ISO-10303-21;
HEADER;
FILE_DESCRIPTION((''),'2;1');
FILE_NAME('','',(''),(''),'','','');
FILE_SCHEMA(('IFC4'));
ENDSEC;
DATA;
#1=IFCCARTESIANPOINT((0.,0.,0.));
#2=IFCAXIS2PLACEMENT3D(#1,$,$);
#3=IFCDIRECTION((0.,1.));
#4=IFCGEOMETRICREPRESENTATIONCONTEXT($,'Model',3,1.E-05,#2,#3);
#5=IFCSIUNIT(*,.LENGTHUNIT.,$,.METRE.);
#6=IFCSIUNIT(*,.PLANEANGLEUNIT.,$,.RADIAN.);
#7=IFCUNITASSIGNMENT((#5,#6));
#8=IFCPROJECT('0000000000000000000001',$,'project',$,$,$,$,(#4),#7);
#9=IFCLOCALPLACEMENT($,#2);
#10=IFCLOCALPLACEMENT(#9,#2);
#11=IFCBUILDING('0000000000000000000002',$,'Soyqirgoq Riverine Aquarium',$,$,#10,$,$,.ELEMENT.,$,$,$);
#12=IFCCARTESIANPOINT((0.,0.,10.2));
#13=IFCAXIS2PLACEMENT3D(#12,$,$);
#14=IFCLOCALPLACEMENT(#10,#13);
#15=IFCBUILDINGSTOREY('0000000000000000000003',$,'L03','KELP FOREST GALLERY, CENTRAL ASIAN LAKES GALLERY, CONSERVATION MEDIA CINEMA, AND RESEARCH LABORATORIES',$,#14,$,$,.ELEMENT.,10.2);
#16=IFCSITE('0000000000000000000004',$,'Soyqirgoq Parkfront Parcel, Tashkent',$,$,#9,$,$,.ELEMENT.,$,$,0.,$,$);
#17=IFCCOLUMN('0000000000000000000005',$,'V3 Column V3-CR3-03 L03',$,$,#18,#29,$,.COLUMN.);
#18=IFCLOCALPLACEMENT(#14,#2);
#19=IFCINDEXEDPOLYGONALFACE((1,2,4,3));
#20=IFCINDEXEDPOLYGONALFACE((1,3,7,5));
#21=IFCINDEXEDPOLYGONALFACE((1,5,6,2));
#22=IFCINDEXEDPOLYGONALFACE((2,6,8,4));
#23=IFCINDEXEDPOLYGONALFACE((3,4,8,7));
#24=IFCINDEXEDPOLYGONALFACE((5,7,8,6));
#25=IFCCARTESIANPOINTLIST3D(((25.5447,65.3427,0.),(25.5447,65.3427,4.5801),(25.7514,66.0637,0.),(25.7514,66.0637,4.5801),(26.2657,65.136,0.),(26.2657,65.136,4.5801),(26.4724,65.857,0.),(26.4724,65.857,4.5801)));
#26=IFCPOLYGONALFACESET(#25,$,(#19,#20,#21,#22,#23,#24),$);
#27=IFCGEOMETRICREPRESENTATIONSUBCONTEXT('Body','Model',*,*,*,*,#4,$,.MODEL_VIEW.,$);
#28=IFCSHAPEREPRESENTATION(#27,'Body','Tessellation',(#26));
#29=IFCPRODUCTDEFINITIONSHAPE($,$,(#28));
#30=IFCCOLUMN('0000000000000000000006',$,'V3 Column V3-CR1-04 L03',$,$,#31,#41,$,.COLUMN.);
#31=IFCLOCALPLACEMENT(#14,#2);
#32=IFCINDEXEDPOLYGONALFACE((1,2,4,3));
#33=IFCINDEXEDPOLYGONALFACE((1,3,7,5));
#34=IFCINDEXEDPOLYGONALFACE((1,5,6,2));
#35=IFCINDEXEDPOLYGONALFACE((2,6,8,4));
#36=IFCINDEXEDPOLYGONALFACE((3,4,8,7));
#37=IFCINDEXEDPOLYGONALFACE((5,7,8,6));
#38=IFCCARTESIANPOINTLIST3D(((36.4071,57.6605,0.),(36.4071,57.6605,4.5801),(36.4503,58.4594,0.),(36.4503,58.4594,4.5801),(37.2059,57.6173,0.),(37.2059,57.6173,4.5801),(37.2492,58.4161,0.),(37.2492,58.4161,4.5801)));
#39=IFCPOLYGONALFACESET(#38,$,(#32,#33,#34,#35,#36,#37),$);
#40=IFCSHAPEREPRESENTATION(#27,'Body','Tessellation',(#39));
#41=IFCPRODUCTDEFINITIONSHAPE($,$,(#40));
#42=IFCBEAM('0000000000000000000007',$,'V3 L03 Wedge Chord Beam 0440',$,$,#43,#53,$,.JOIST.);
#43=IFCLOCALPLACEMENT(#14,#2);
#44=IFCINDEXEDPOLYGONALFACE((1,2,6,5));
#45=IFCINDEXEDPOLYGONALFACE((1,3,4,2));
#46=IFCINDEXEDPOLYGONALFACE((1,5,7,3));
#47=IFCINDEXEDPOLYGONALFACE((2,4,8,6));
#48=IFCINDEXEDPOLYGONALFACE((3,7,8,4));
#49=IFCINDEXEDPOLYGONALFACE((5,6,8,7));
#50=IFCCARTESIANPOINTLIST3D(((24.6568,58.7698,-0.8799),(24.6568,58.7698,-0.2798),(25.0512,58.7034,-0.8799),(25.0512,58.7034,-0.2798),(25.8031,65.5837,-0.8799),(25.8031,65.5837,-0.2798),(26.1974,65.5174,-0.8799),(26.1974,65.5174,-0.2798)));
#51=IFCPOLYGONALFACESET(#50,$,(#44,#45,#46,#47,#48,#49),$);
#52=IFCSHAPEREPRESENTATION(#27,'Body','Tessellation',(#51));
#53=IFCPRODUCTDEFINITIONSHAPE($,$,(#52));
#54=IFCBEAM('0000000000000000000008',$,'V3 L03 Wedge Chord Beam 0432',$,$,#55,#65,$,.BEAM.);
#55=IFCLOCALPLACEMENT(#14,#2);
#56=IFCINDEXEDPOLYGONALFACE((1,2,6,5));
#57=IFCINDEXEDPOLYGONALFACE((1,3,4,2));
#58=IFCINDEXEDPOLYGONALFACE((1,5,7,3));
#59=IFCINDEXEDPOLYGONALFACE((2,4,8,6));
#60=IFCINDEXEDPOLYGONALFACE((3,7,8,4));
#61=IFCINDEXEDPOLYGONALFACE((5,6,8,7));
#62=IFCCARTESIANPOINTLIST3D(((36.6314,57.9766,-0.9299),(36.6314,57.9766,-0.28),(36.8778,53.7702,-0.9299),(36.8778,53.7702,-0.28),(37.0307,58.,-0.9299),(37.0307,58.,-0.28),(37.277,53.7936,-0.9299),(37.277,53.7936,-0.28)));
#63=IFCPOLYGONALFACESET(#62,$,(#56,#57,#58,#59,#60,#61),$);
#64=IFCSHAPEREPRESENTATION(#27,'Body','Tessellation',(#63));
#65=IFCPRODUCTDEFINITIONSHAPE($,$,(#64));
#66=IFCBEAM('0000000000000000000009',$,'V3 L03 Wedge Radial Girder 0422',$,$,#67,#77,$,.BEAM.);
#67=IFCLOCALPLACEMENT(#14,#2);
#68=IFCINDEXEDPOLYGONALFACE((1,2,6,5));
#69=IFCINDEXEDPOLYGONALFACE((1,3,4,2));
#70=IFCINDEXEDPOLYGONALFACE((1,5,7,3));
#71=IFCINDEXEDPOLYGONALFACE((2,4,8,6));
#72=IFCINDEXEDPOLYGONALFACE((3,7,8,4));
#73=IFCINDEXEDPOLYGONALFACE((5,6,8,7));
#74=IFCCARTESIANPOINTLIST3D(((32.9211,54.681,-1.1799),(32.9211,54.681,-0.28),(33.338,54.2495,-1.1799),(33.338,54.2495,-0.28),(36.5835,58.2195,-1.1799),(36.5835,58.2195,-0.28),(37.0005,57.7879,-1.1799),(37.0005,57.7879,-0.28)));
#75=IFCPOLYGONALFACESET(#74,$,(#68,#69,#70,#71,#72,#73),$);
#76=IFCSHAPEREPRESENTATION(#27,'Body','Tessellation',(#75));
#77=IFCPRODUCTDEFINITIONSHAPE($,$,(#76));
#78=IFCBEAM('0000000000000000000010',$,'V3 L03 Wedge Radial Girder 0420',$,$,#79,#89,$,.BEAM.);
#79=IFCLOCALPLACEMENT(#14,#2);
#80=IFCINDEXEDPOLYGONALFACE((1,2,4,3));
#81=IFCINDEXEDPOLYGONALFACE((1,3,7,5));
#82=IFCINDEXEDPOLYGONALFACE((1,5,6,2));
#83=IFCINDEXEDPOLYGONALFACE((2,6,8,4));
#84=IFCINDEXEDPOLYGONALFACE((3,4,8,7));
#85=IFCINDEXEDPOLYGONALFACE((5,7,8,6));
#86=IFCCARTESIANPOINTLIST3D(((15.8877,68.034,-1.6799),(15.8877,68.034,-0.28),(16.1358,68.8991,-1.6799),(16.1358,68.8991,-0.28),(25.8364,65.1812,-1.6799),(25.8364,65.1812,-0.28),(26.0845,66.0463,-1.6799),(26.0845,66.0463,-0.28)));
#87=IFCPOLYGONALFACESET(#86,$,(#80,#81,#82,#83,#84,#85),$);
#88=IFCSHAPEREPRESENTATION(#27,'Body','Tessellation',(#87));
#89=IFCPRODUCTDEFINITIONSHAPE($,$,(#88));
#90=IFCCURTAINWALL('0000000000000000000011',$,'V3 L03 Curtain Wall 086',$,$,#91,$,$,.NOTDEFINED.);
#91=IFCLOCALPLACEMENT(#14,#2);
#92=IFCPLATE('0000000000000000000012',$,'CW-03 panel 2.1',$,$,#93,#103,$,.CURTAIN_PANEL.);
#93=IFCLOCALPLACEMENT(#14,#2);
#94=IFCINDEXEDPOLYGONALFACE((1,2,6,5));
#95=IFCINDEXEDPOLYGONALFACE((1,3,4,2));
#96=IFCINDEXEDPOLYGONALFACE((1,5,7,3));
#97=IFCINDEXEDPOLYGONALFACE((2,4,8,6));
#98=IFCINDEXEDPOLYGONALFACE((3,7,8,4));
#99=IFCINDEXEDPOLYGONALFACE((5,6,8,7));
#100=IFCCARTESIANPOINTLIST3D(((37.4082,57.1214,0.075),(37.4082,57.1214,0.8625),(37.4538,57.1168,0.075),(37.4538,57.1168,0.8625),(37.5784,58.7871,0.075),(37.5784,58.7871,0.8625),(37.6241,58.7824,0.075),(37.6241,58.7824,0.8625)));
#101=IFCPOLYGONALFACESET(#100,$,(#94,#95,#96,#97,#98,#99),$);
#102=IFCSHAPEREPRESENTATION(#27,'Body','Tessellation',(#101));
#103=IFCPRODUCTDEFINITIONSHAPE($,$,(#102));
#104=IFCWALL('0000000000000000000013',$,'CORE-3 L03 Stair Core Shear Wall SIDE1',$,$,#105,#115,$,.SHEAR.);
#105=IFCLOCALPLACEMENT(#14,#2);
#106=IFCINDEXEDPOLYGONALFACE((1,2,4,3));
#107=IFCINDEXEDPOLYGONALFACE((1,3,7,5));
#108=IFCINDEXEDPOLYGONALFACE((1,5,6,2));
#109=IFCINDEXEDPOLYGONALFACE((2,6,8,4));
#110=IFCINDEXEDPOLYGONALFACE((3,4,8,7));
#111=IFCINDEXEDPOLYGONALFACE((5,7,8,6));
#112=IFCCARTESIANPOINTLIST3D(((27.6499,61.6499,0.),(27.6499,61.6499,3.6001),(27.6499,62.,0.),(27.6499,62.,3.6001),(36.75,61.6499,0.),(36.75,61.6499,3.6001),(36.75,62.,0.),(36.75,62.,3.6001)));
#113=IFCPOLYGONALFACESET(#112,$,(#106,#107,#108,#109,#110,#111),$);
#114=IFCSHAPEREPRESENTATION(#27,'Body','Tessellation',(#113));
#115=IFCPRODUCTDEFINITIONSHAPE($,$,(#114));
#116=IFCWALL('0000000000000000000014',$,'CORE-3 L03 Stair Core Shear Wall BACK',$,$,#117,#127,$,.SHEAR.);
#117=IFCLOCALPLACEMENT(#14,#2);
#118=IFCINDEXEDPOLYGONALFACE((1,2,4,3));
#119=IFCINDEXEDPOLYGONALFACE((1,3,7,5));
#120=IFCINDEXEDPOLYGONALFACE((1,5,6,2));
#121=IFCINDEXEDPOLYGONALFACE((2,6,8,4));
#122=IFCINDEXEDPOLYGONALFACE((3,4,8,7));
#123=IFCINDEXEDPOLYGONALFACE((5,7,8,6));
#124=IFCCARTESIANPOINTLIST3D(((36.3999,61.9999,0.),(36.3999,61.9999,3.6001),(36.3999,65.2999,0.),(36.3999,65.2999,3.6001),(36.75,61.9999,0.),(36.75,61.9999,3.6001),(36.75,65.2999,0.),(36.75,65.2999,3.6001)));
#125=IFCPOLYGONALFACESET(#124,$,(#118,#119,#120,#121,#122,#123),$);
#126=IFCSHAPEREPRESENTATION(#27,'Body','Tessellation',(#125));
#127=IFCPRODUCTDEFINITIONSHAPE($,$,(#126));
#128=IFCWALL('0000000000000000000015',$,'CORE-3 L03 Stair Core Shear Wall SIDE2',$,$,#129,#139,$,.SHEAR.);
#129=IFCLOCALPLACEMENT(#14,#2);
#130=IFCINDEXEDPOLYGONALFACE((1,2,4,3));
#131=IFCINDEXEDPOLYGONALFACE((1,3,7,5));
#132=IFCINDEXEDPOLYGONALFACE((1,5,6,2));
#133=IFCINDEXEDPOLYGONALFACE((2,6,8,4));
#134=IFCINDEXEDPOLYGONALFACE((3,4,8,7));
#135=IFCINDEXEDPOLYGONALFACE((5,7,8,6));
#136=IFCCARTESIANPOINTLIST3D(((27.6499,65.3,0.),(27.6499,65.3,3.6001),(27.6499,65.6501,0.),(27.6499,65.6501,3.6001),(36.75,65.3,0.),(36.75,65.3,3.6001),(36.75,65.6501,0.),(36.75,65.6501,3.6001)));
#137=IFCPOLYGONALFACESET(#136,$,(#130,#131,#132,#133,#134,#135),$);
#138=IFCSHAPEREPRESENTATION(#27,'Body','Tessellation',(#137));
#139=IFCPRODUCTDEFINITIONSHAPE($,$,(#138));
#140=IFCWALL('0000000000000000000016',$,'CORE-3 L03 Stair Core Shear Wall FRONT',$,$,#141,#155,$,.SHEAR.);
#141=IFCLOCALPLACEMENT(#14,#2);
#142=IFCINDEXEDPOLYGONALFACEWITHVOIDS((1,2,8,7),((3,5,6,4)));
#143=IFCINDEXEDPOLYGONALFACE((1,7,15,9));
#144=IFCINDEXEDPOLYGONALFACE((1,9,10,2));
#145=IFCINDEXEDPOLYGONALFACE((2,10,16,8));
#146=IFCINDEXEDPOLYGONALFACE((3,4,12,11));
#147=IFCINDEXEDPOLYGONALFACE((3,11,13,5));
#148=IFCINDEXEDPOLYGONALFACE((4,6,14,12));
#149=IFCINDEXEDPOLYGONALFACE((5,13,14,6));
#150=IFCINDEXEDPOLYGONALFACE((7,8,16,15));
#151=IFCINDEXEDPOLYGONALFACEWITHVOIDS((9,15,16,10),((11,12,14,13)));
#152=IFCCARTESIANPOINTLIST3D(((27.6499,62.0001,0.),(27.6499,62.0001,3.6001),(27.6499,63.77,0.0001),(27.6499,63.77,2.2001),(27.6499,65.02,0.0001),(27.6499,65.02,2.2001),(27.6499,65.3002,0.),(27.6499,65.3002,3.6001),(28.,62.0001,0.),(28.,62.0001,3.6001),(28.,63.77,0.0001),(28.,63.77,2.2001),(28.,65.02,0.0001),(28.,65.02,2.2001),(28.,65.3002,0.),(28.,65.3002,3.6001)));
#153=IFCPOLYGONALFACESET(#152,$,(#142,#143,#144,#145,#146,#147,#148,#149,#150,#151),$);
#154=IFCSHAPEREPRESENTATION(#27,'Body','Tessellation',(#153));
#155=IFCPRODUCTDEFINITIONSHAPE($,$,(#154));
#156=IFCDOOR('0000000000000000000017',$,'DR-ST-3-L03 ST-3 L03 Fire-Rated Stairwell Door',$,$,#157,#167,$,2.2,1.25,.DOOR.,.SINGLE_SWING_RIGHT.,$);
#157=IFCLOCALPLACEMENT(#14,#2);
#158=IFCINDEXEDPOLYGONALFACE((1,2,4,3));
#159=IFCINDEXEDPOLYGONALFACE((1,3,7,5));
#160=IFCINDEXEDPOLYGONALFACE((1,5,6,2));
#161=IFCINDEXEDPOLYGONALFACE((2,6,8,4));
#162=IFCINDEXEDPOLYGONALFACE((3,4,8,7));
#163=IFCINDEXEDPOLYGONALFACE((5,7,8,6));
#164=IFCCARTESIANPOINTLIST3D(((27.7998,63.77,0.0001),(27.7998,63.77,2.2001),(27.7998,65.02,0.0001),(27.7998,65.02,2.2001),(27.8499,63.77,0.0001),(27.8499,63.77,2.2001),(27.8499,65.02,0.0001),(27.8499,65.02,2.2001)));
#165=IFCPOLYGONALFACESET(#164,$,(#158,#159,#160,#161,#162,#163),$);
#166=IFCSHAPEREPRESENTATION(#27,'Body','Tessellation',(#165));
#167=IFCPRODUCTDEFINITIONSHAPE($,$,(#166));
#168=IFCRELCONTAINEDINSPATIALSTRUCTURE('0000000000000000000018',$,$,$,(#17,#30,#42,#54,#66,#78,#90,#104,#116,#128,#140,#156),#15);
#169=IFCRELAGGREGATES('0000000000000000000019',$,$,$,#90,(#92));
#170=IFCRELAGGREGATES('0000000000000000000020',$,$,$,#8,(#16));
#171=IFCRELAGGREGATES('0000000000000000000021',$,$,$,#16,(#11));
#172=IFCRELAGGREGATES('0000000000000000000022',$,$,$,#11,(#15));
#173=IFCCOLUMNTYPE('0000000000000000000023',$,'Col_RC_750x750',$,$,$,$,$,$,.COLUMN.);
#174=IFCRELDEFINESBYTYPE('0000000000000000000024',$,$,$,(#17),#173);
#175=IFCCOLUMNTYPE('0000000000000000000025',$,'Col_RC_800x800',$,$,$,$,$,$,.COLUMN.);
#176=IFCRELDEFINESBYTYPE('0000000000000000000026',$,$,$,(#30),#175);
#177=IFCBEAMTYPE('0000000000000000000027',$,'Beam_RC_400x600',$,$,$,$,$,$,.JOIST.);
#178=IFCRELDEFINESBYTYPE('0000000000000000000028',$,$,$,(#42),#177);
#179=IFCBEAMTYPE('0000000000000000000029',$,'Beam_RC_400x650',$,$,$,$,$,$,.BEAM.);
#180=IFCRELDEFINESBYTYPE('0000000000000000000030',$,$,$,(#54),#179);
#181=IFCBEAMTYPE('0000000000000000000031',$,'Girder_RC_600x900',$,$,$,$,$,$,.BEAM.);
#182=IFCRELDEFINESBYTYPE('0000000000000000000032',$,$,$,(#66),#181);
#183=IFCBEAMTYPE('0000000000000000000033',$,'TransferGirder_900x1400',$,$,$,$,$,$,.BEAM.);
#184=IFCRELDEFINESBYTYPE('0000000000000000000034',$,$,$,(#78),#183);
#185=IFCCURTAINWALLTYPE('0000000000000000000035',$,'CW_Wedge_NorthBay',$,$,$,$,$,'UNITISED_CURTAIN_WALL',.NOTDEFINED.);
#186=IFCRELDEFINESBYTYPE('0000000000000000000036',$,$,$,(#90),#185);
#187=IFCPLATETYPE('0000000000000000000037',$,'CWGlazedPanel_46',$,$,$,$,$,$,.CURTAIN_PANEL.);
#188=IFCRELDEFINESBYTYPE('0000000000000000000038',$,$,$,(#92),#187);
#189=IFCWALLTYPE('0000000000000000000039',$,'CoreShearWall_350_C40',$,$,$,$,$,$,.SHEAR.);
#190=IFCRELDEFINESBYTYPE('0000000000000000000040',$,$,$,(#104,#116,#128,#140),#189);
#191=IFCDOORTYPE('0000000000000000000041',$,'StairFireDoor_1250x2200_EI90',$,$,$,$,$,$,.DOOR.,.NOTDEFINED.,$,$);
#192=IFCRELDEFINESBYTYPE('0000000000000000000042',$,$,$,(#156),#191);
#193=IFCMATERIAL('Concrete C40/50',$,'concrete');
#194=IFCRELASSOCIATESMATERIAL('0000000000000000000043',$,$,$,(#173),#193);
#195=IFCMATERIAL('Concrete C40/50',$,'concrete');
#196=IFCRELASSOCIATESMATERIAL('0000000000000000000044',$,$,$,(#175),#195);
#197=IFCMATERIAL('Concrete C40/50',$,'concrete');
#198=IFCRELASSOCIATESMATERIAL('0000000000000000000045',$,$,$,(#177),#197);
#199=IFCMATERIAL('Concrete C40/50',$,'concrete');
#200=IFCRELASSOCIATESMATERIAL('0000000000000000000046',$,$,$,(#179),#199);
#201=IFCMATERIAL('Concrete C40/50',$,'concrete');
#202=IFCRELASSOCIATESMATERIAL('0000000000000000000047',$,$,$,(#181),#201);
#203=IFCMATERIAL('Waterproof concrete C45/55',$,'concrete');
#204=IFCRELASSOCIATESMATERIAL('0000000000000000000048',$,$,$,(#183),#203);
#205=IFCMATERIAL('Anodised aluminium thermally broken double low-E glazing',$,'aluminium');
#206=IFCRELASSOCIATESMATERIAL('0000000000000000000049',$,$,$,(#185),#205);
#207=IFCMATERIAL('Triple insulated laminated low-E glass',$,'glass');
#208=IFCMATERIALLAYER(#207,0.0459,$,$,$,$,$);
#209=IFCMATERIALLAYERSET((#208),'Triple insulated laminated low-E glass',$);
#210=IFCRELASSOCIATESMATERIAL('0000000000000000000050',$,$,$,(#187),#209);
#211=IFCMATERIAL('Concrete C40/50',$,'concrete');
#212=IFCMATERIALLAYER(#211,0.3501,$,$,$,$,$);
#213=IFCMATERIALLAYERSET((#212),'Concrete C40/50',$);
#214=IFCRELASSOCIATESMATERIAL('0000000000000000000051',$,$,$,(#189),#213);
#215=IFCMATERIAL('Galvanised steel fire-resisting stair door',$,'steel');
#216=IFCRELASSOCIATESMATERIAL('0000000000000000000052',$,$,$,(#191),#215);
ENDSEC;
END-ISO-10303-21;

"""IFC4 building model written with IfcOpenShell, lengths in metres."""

from ifc_helpers import new_model, si_unit, direction, frame, frame_2d, origin, origin_2d, place, context, subcontext, project, spatial, rectangle, extrude, material, layer, layer_set, material_profile, profile_set, type_object, element, fill, aggregate, save


model = new_model("IFC4")

# Units and contexts
model_context = context("Model", 3, precision=1e-05, world=origin(), true_north=direction((0.0, 1.0)))
body_context = subcontext(model_context, "Body", "Model", "MODEL_VIEW")
ifc_project = project(units=[si_unit("LENGTHUNIT", "METRE"), si_unit("PLANEANGLEUNIT", "RADIAN")], contexts=[model_context])

# Site, building, storey
site_placement = place(None, origin())
site = spatial("IfcSite", under=ifc_project, at=site_placement, Name="Soyqirgoq Parkfront Parcel, Tashkent", CompositionType="ELEMENT", RefElevation=0.0)
building_placement = place(site_placement, origin())
building = spatial("IfcBuilding", under=site, at=building_placement, Name="Soyqirgoq Riverine Aquarium", CompositionType="ELEMENT")
storey_placement = place(building_placement, frame((0.0, 0.0, 10.2)))
storey = spatial("IfcBuildingStorey", under=building, at=storey_placement, Name="L03", Description="KELP FOREST GALLERY, CENTRAL ASIAN LAKES GALLERY, CONSERVATION MEDIA CINEMA, AND RESEARCH LABORATORIES", CompositionType="ELEMENT", Elevation=10.2)

# Columns
ifc_material_1 = material(Name="Concrete C40/50", Category="concrete")
ifc_material_profile_1 = material_profile(ifc_material_1, rectangle(XDim=0.75, YDim=0.75, at=origin_2d()), Name="RC 750x750")
ifc_profile_set_1 = profile_set([ifc_material_profile_1], Name="Concrete C40/50")
column_type_1 = type_object("IfcColumnType", Name="Col_RC_750x750", PredefinedType="COLUMN", material=ifc_profile_set_1)
column_1_placement = place(storey_placement, frame((26.0085, 65.5999, 0.0), z_axis=(0.0, 0.0, 1.0), x_axis=(-0.961262, 0.275637, 0.0)))
element("IfcColumn", 1, at=column_1_placement, inside=storey, type_object=column_type_1, Name="V3 Column V3-CR3-03 L03", PredefinedType="COLUMN", context=body_context, shape_type="SweptSolid", body=[
    extrude(rectangle(XDim=0.75, YDim=0.75, at=origin_2d()), origin(), (0.0, 0.0, 1.0), 4.5801),
])
ifc_material_2 = material(Name="Concrete C40/50", Category="concrete")
ifc_material_profile_2 = material_profile(ifc_material_2, rectangle(XDim=0.8, YDim=0.8, at=origin_2d()), Name="RC 800x800")
ifc_profile_set_2 = profile_set([ifc_material_profile_2], Name="Concrete C40/50")
column_type_2 = type_object("IfcColumnType", Name="Col_RC_800x800", PredefinedType="COLUMN", material=ifc_profile_set_2)
column_2_placement = place(storey_placement, frame((36.8281, 58.0383, 0.0), z_axis=(0.0, 0.0, 1.0), x_axis=(-0.998537, 0.054079, 0.0)))
element("IfcColumn", 2, at=column_2_placement, inside=storey, type_object=column_type_2, Name="V3 Column V3-CR1-04 L03", PredefinedType="COLUMN", context=body_context, shape_type="SweptSolid", body=[
    extrude(rectangle(XDim=0.8, YDim=0.8, at=origin_2d()), origin(), (0.0, 0.0, 1.0), 4.5801),
])

# Beams
ifc_material_3 = material(Name="Concrete C40/50", Category="concrete")
ifc_material_profile_3 = material_profile(ifc_material_3, rectangle(XDim=0.3999, YDim=0.6001, at=origin_2d()), Name="RC 400x600")
ifc_profile_set_3 = profile_set([ifc_material_profile_3], Name="Concrete C40/50")
beam_type_1 = type_object("IfcBeamType", Name="Beam_RC_400x600", PredefinedType="JOIST", material=ifc_profile_set_3)
beam_1_placement = place(storey_placement, frame((26.0002, 65.5505, -0.5798), z_axis=(-0.165889, -0.986145, 0.0), x_axis=(0.986145, -0.165889, 0.0)))
element("IfcBeam", 3, at=beam_1_placement, inside=storey, type_object=beam_type_1, Name="V3 L03 Wedge Chord Beam 0440", PredefinedType="JOIST", context=body_context, shape_type="SweptSolid", body=[
    extrude(rectangle(XDim=0.3999, YDim=0.6001, at=origin_2d()), origin(), (0.0, 0.0, 1.0), 6.9097),
])
ifc_material_4 = material(Name="Concrete C40/50", Category="concrete")
ifc_material_profile_4 = material_profile(ifc_material_4, rectangle(XDim=0.3999, YDim=0.6499, at=origin_2d()), Name="RC 400x650")
ifc_profile_set_4 = profile_set([ifc_material_profile_4], Name="Concrete C40/50")
beam_type_2 = type_object("IfcBeamType", Name="Beam_RC_400x650", PredefinedType="BEAM", material=ifc_profile_set_4)
beam_2_placement = place(storey_placement, frame((36.8311, 57.9883, -0.605), z_axis=(0.058464, -0.99829, 0.0), x_axis=(0.99829, 0.058464, 0.0)))
element("IfcBeam", 4, at=beam_2_placement, inside=storey, type_object=beam_type_2, Name="V3 L03 Wedge Chord Beam 0432", PredefinedType="BEAM", context=body_context, shape_type="SweptSolid", body=[
    extrude(rectangle(XDim=0.3999, YDim=0.6499, at=origin_2d()), origin(), (0.0, 0.0, 1.0), 4.2136),
])
ifc_material_5 = material(Name="Concrete C40/50", Category="concrete")
ifc_material_profile_5 = material_profile(ifc_material_5, rectangle(XDim=0.6001, YDim=0.8999, at=origin_2d()), Name="RC 600x900")
ifc_profile_set_5 = profile_set([ifc_material_profile_5], Name="Concrete C40/50")
beam_type_3 = type_object("IfcBeamType", Name="Girder_RC_600x900", PredefinedType="BEAM", material=ifc_profile_set_5)
beam_3_placement = place(storey_placement, frame((36.792, 58.0037, -0.73), z_axis=(-0.719179, -0.694825, 0.0), x_axis=(0.694825, -0.719179, 0.0)))
element("IfcBeam", 5, at=beam_3_placement, inside=storey, type_object=beam_type_3, Name="V3 L03 Wedge Radial Girder 0422", PredefinedType="BEAM", context=body_context, shape_type="SweptSolid", body=[
    extrude(rectangle(XDim=0.6001, YDim=0.8999, at=origin_2d()), origin(), (0.0, 0.0, 1.0), 5.0925),
])
ifc_material_6 = material(Name="Waterproof concrete C45/55", Category="concrete")
ifc_material_profile_6 = material_profile(ifc_material_6, rectangle(XDim=0.8999, YDim=1.3999, at=origin_2d()), Name="RC 900x1400")
ifc_profile_set_6 = profile_set([ifc_material_profile_6], Name="Waterproof concrete C45/55")
beam_type_4 = type_object("IfcBeamType", Name="TransferGirder_900x1400", PredefinedType="BEAM", material=ifc_profile_set_6)
beam_4_placement = place(storey_placement, frame((25.9604, 65.6138, -0.98), z_axis=(-0.961261, 0.27564, 0.0), x_axis=(-0.27564, -0.961261, 0.0)))
element("IfcBeam", 6, at=beam_4_placement, inside=storey, type_object=beam_type_4, Name="V3 L03 Wedge Radial Girder 0420", PredefinedType="BEAM", context=body_context, shape_type="SweptSolid", body=[
    extrude(rectangle(XDim=0.8999, YDim=1.3999, at=origin_2d()), origin(), (0.0, 0.0, 1.0), 10.3496),
])

# Curtain wall, plate
ifc_material_7 = material(Name="Anodised aluminium thermally broken double low-E glazing", Category="aluminium")
curtain_wall_type = type_object("IfcCurtainWallType", Name="CW_Wedge_NorthBay", ElementType="UNITISED_CURTAIN_WALL", PredefinedType="NOTDEFINED", material=ifc_material_7)
curtain_wall_placement = place(storey_placement, origin())
curtain_wall = element("IfcCurtainWall", 7, at=curtain_wall_placement, inside=storey, type_object=curtain_wall_type, Name="V3 L03 Curtain Wall 086", PredefinedType="NOTDEFINED")
ifc_material_8 = material(Name="Triple insulated laminated low-E glass", Category="glass")
ifc_layer_1 = layer(ifc_material_8, 0.0459)
ifc_layer_set_1 = layer_set([ifc_layer_1], Name="Triple insulated laminated low-E glass")
plate_type = type_object("IfcPlateType", Name="CWGlazedPanel_46", PredefinedType="CURTAIN_PANEL", material=ifc_layer_set_1)
plate_placement = place(storey_placement, frame((37.5161, 57.9519, 0.075), z_axis=(0.0, 0.0, 1.0), x_axis=(-0.101686, -0.994817, 0.0)))
plate = element("IfcPlate", 8, at=plate_placement, type_object=plate_type, Name="CW-03 panel 2.1", PredefinedType="CURTAIN_PANEL", context=body_context, shape_type="SweptSolid", body=[
    extrude(rectangle(XDim=1.6743, YDim=0.0459, at=origin_2d()), origin(), (0.0, 0.0, 1.0), 0.7876),
])
aggregate(curtain_wall, [plate])

# Walls
ifc_material_9 = material(Name="Concrete C40/50", Category="concrete")
ifc_layer_2 = layer(ifc_material_9, 0.3501)
ifc_layer_set_2 = layer_set([ifc_layer_2], Name="Concrete C40/50")
wall_type_1 = type_object("IfcWallType", Name="CoreShearWall_350_C40", PredefinedType="SHEAR", material=ifc_layer_set_2)
wall_1_placement = place(storey_placement, frame((27.6499, 61.825, 0.0), z_axis=(0.0, 0.0, 1.0), x_axis=(1.0, 0.0, 0.0)))
element("IfcWall", 9, at=wall_1_placement, inside=storey, type_object=wall_type_1, Name="CORE-3 L03 Stair Core Shear Wall SIDE1", PredefinedType="SHEAR", context=body_context, shape_type="SweptSolid", body=[
    extrude(rectangle(XDim=9.1001, YDim=0.3501, at=frame_2d((4.55, 0.0))), origin(), (0.0, 0.0, 1.0), 3.6001),
])
wall_2_placement = place(storey_placement, frame((36.575, 62.0, 0.0), z_axis=(0.0, 0.0, 1.0), x_axis=(0.0, 1.0, 0.0)))
element("IfcWall", 10, at=wall_2_placement, inside=storey, type_object=wall_type_1, Name="CORE-3 L03 Stair Core Shear Wall BACK", PredefinedType="SHEAR", context=body_context, shape_type="SweptSolid", body=[
    extrude(rectangle(XDim=3.3, YDim=0.3501, at=frame_2d((1.6499, 0.0))), origin(), (0.0, 0.0, 1.0), 3.6001),
])
wall_3_placement = place(storey_placement, frame((36.75, 65.4751, 0.0), z_axis=(0.0, 0.0, 1.0), x_axis=(-1.0, 0.0, 0.0)))
element("IfcWall", 11, at=wall_3_placement, inside=storey, type_object=wall_type_1, Name="CORE-3 L03 Stair Core Shear Wall SIDE2", PredefinedType="SHEAR", context=body_context, shape_type="SweptSolid", body=[
    extrude(rectangle(XDim=9.1001, YDim=0.3501, at=frame_2d((4.55, 0.0))), origin(), (0.0, 0.0, 1.0), 3.6001),
])

# Wall, opening, door
wall_4_placement = place(storey_placement, frame((27.825, 65.3, 0.0), z_axis=(0.0, 0.0, 1.0), x_axis=(0.0, -1.0, 0.0)))
wall_4 = element("IfcWall", 12, at=wall_4_placement, inside=storey, type_object=wall_type_1, Name="CORE-3 L03 Stair Core Shear Wall FRONT", PredefinedType="SHEAR", context=body_context, shape_type="SweptSolid", body=[
    extrude(rectangle(XDim=3.3, YDim=0.3501, at=frame_2d((1.6499, 0.0))), origin(), (0.0, 0.0, 1.0), 3.6001),
])
opening_1_placement = place(wall_4_placement, frame((0.28, 0.0, 0.0)))
opening_1 = element("IfcOpeningElement", 13, at=opening_1_placement, cuts=wall_4, PredefinedType="OPENING", context=body_context, shape_type="SweptSolid", body=[
    extrude(rectangle(XDim=1.25, YDim=2.2, at=frame_2d((0.625, 1.1001))), frame((0.0, 0.1851, 0.0), z_axis=(0.0, -1.0, 0.0), x_axis=(1.0, 0.0, 0.0)), (0.0, 0.0, 1.0), 0.3701),
])
ifc_material_10 = material(Name="Galvanised steel fire-resisting stair door", Category="steel")
door_type_1 = type_object("IfcDoorType", Name="StairFireDoor_1250x2200_EI90", OperationType="NOTDEFINED", PredefinedType="DOOR", material=ifc_material_10)
door_1_placement = place(opening_1_placement, origin())
door_1 = element("IfcDoor", 14, at=door_1_placement, inside=storey, type_object=door_type_1, Name="DR-ST-3-L03 ST-3 L03 Fire-Rated Stairwell Door", OperationType="SINGLE_SWING_RIGHT", OverallHeight=2.2, OverallWidth=1.25, PredefinedType="DOOR", context=body_context, shape_type="SweptSolid", body=[
    extrude(rectangle(XDim=1.25, YDim=2.2, at=frame_2d((0.625, 1.1001))), frame((0.0, 0.0249, 0.0), z_axis=(0.0, -1.0, 0.0), x_axis=(1.0, 0.0, 0.0)), (0.0, 0.0, 1.0), 0.05),
])
fill(opening_1, door_1)

save(model, "model.ifc")
